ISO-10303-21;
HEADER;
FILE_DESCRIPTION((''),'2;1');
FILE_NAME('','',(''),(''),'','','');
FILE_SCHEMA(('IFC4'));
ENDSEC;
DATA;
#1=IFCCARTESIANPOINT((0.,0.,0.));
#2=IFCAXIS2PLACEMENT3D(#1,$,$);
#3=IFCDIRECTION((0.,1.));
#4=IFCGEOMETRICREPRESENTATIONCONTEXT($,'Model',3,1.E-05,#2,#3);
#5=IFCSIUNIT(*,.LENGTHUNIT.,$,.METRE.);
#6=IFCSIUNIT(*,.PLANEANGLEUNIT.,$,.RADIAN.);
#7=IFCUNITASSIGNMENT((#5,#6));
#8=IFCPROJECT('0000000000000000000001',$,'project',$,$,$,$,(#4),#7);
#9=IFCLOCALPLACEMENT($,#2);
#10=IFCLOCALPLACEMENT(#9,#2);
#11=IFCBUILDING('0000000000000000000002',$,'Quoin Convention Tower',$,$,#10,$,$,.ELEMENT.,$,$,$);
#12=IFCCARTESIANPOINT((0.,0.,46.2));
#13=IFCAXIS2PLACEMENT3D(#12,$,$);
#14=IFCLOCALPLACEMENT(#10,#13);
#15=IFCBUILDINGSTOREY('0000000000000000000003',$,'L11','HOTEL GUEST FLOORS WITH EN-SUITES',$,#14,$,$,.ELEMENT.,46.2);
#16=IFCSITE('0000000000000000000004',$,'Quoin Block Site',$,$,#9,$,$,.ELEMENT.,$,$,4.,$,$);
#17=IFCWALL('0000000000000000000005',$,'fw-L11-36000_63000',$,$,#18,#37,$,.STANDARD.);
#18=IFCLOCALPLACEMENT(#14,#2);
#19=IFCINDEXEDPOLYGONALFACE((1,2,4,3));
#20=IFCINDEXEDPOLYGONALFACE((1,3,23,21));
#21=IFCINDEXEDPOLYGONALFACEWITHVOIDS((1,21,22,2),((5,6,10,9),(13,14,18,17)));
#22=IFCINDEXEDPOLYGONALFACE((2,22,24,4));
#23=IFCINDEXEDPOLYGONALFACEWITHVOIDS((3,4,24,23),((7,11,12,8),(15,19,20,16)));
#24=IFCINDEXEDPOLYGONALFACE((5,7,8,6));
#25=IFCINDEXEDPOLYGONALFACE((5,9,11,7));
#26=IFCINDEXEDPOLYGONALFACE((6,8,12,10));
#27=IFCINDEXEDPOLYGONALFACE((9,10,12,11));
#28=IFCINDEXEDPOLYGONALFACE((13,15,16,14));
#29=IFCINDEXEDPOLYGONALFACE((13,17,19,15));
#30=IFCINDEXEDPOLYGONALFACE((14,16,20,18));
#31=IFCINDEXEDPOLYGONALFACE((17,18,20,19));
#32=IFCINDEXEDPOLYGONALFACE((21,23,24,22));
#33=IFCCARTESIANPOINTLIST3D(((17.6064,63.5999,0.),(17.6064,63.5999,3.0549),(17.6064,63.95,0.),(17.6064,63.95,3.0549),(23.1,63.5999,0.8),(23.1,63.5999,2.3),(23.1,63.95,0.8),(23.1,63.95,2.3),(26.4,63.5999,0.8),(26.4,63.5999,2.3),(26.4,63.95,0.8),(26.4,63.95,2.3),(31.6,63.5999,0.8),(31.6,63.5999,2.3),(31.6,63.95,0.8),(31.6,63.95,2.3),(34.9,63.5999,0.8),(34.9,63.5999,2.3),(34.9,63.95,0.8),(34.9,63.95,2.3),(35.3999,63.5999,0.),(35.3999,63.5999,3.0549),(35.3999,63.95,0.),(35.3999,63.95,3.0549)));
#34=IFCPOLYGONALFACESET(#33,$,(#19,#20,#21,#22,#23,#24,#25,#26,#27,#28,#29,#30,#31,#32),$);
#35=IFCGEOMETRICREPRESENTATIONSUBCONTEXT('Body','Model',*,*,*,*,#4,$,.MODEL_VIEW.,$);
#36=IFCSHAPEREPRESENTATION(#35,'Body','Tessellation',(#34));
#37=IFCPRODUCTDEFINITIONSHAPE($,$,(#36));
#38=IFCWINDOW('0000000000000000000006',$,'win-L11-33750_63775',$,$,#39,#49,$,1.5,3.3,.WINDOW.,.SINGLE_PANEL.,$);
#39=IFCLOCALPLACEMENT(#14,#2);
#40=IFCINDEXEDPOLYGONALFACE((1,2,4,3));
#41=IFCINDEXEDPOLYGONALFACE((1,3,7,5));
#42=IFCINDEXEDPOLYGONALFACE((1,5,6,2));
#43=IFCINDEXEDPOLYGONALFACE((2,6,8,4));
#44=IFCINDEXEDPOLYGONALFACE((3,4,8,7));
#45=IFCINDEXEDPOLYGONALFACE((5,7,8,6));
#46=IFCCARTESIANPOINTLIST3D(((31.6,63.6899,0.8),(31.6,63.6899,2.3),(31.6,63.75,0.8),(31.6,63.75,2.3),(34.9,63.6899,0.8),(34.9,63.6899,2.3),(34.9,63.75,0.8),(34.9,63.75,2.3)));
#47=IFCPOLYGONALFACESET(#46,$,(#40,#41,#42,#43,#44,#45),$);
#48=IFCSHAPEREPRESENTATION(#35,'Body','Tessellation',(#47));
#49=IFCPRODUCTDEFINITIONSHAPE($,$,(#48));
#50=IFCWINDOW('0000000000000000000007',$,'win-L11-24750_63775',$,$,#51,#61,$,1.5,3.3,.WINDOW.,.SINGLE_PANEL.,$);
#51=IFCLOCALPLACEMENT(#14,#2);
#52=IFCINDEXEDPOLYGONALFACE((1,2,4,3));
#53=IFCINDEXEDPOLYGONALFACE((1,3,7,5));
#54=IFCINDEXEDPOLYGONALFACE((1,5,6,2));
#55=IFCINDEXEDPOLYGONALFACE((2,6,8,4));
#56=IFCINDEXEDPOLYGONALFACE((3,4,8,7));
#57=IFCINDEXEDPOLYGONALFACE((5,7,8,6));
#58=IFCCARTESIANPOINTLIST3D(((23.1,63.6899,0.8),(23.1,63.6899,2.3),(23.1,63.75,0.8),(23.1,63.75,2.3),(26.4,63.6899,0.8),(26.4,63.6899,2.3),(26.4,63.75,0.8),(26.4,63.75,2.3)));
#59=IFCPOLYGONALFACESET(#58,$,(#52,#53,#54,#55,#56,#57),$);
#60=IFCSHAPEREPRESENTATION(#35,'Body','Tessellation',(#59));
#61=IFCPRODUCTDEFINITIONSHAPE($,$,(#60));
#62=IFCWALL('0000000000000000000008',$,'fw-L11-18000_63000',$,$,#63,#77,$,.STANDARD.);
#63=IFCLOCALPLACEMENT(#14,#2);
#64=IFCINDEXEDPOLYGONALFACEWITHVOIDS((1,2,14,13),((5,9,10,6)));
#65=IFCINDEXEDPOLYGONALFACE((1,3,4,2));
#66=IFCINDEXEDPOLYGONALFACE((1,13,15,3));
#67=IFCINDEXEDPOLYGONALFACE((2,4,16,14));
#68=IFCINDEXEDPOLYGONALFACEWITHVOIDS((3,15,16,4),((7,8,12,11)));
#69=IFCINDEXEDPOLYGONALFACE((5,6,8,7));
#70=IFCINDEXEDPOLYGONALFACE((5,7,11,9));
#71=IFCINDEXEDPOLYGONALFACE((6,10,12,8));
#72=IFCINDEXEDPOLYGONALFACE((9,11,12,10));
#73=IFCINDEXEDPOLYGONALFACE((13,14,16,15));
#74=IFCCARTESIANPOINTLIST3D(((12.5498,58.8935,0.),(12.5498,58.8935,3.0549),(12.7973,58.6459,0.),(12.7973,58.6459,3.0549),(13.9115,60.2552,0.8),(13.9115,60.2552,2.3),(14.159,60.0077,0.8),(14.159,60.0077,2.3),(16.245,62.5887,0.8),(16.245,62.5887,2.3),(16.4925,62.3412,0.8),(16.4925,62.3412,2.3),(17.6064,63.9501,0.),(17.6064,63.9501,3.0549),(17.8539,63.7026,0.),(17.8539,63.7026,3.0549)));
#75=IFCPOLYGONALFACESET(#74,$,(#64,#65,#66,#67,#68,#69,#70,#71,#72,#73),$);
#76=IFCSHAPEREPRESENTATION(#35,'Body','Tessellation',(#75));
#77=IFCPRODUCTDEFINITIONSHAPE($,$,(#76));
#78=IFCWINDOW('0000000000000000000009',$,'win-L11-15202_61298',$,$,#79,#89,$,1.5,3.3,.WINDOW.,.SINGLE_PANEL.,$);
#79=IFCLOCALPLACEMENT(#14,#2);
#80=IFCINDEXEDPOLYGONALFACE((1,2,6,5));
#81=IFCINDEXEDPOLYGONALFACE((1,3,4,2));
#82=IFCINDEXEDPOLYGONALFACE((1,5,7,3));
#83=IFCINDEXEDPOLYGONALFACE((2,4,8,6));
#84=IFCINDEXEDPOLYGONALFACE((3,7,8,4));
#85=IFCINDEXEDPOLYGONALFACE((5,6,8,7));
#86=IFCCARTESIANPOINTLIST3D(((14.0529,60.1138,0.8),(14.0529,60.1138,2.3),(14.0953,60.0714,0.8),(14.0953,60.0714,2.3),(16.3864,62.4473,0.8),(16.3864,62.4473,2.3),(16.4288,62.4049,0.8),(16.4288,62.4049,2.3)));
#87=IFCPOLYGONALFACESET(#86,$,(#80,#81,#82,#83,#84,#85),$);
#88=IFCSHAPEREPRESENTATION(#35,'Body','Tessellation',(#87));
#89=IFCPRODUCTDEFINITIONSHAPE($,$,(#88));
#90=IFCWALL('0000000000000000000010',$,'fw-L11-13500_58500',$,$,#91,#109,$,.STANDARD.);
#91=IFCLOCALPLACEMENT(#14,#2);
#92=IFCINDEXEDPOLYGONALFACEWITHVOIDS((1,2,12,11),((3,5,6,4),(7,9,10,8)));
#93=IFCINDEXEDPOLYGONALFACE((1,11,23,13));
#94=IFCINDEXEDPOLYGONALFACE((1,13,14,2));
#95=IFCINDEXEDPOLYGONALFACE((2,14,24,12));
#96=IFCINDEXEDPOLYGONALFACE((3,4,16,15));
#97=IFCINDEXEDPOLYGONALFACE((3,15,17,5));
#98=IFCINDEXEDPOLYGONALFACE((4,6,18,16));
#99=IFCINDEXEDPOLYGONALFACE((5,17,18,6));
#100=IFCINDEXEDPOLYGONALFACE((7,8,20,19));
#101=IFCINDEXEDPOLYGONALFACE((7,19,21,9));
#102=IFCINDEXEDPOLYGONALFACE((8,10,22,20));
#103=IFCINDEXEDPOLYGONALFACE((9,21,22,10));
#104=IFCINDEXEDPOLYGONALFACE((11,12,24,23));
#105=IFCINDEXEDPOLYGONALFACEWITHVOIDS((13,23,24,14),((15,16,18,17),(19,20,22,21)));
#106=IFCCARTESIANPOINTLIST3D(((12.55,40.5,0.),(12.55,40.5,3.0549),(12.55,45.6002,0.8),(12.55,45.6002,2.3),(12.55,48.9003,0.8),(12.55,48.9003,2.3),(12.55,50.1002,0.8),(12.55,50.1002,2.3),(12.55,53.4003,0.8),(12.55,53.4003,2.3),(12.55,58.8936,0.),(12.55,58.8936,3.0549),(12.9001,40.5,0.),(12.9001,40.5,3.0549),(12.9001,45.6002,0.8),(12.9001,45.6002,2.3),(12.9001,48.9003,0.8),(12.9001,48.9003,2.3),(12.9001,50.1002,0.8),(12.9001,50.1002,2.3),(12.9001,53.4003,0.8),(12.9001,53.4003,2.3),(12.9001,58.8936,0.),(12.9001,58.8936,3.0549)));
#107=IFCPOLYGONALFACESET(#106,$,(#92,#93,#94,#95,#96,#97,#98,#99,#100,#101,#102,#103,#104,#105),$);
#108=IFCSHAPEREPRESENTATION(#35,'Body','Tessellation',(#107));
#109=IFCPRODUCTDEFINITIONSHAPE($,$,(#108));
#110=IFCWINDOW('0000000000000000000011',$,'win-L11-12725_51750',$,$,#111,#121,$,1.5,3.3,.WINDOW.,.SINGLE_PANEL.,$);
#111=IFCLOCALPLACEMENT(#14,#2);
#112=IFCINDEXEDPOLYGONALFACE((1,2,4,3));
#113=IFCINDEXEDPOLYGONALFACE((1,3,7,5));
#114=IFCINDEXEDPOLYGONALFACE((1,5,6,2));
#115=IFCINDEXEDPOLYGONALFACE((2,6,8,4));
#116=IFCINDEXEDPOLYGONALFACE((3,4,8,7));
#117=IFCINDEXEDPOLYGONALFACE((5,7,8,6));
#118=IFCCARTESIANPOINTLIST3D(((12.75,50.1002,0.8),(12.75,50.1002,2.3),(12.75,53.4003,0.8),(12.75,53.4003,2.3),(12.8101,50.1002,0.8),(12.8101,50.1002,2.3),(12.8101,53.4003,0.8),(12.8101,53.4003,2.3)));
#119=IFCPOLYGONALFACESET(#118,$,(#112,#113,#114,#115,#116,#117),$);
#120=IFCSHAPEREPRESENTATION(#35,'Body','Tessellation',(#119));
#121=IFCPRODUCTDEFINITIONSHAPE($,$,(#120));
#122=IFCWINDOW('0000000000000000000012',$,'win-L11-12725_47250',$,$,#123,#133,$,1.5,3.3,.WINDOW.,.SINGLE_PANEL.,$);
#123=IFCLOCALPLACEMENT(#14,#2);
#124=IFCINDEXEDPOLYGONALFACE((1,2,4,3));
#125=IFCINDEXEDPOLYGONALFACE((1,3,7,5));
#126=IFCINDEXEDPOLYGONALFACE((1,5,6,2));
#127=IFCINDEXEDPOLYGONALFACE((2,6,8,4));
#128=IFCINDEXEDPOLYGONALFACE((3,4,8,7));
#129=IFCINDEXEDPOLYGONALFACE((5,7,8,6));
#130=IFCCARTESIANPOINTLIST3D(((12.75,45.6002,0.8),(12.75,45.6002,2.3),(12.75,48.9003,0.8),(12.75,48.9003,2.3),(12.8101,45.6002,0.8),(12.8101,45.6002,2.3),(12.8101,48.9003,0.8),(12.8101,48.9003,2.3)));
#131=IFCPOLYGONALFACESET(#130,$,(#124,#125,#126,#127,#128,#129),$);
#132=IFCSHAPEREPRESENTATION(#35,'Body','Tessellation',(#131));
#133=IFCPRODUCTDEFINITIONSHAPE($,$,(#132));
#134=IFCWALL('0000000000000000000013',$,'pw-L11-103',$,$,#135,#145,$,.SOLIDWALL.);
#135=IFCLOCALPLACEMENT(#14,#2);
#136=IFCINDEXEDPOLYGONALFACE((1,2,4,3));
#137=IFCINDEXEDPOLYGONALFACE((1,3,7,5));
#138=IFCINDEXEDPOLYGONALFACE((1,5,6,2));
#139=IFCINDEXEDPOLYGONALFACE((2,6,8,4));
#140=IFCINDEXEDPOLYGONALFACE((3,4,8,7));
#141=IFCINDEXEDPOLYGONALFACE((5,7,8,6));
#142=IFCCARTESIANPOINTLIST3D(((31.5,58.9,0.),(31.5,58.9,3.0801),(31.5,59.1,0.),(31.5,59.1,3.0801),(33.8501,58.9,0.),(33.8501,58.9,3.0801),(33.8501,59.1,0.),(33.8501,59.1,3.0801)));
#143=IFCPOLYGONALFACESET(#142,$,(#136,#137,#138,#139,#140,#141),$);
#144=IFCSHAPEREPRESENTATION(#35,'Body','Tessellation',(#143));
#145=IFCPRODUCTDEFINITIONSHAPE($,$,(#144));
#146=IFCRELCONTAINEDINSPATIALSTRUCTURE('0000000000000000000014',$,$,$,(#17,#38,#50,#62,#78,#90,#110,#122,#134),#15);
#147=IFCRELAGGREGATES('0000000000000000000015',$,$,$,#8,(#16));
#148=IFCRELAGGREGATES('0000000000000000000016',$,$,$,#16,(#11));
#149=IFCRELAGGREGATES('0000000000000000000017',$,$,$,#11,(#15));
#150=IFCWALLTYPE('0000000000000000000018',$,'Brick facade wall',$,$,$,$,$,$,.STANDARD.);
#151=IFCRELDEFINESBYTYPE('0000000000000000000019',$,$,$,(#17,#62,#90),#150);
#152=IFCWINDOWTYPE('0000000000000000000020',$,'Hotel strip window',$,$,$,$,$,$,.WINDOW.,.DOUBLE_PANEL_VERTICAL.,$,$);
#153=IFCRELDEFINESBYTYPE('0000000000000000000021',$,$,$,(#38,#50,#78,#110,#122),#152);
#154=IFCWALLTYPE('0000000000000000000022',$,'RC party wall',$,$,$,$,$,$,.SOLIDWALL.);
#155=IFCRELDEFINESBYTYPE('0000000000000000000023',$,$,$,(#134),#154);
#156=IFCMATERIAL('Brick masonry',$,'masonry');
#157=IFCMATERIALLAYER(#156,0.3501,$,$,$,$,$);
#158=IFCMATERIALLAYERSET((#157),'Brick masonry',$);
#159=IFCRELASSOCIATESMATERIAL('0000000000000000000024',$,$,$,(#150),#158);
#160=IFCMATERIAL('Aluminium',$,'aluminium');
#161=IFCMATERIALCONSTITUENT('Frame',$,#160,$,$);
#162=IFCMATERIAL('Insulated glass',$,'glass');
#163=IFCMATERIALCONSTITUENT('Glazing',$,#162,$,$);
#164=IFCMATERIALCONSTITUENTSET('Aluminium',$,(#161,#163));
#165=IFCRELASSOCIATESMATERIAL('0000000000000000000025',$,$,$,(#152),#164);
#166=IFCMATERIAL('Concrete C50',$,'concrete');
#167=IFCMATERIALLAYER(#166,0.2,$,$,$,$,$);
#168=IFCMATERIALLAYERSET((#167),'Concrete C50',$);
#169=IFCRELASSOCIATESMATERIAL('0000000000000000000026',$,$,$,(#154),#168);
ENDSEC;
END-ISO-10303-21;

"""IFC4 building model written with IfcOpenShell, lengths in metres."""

from ifc_helpers import new_model, si_unit, direction, frame, frame_2d, origin, place, context, subcontext, project, spatial, rectangle, extrude, material, layer, layer_set, constituent, constituent_set, type_object, element, fill, save


model = new_model("IFC4")

# Units and contexts
model_context = context("Model", 3, precision=1e-05, world=origin(), true_north=direction((0.0, 1.0)))
body_context = subcontext(model_context, "Body", "Model", "MODEL_VIEW")
ifc_project = project(units=[si_unit("LENGTHUNIT", "METRE"), si_unit("PLANEANGLEUNIT", "RADIAN")], contexts=[model_context])

# Site, building, storey
site_placement = place(None, origin())
site = spatial("IfcSite", under=ifc_project, at=site_placement, Name="Quoin Block Site", CompositionType="ELEMENT", RefElevation=4.0)
building_placement = place(site_placement, origin())
building = spatial("IfcBuilding", under=site, at=building_placement, Name="Quoin Convention Tower", CompositionType="ELEMENT")
storey_placement = place(building_placement, frame((0.0, 0.0, 46.2)))
storey = spatial("IfcBuildingStorey", under=building, at=storey_placement, Name="L11", Description="HOTEL GUEST FLOORS WITH EN-SUITES", CompositionType="ELEMENT", Elevation=46.2)

# Shared definitions
ifc_material_1 = material(Name="Brick masonry", Category="masonry")
ifc_layer_1 = layer(ifc_material_1, 0.3501)
ifc_layer_set_1 = layer_set([ifc_layer_1], Name="Brick masonry")
wall_type_1 = type_object("IfcWallType", Name="Brick facade wall", PredefinedType="STANDARD", material=ifc_layer_set_1)
ifc_material_2 = material(Name="Aluminium", Category="aluminium")
ifc_constituent_1 = constituent(ifc_material_2, Name="Frame")
ifc_material_3 = material(Name="Insulated glass", Category="glass")
ifc_constituent_2 = constituent(ifc_material_3, Name="Glazing")
ifc_constituent_set = constituent_set(constituents=[ifc_constituent_1, ifc_constituent_2], Name="Aluminium")
window_type = type_object("IfcWindowType", Name="Hotel strip window", PartitioningType="DOUBLE_PANEL_VERTICAL", PredefinedType="WINDOW", material=ifc_constituent_set)

# Wall, openings, windows
wall_1_placement = place(storey_placement, frame((35.3999, 63.7749, 0.0), z_axis=(0.0, 0.0, 1.0), x_axis=(-1.0, 0.0, 0.0)))
wall_1 = element("IfcWall", 1, at=wall_1_placement, inside=storey, type_object=wall_type_1, Name="fw-L11-36000_63000", PredefinedType="STANDARD", context=body_context, shape_type="SweptSolid", body=[
    extrude(rectangle(XDim=17.7935, YDim=0.3501, at=frame_2d((8.8967, 0.0))), origin(), (0.0, 0.0, 1.0), 3.0549),
])
opening_1_placement = place(wall_1_placement, frame((0.5, 0.0, 0.8)))
opening_1 = element("IfcOpeningElement", 2, at=opening_1_placement, cuts=wall_1, PredefinedType="OPENING", context=body_context, shape_type="SweptSolid", body=[
    extrude(rectangle(XDim=3.3, YDim=1.5, at=frame_2d((1.6499, 0.75))), frame((0.0, 0.1851, 0.0), z_axis=(0.0, -1.0, 0.0), x_axis=(1.0, 0.0, 0.0)), (0.0, 0.0, 1.0), 0.3701),
])
opening_2_placement = place(wall_1_placement, frame((9.0, 0.0, 0.8)))
opening_2 = element("IfcOpeningElement", 3, at=opening_2_placement, cuts=wall_1, PredefinedType="OPENING", context=body_context, shape_type="SweptSolid", body=[
    extrude(rectangle(XDim=3.3, YDim=1.5, at=frame_2d((1.6499, 0.75))), frame((0.0, 0.1851, 0.0), z_axis=(0.0, -1.0, 0.0), x_axis=(1.0, 0.0, 0.0)), (0.0, 0.0, 1.0), 0.3701),
])
window_1_placement = place(opening_1_placement, origin())
window_1 = element("IfcWindow", 4, at=window_1_placement, inside=storey, type_object=window_type, Name="win-L11-33750_63775", OverallHeight=1.5, OverallWidth=3.3, PartitioningType="SINGLE_PANEL", PredefinedType="WINDOW", context=body_context, shape_type="SweptSolid", body=[
    extrude(rectangle(XDim=3.3, YDim=1.5, at=frame_2d((1.6499, 0.75))), frame((0.0, 0.085, 0.0), z_axis=(0.0, -1.0, 0.0), x_axis=(1.0, 0.0, 0.0)), (0.0, 0.0, 1.0), 0.0601),
])
fill(opening_1, window_1)
window_2_placement = place(opening_2_placement, origin())
window_2 = element("IfcWindow", 5, at=window_2_placement, inside=storey, type_object=window_type, Name="win-L11-24750_63775", OverallHeight=1.5, OverallWidth=3.3, PartitioningType="SINGLE_PANEL", PredefinedType="WINDOW", context=body_context, shape_type="SweptSolid", body=[
    extrude(rectangle(XDim=3.3, YDim=1.5, at=frame_2d((1.6499, 0.75))), frame((0.0, 0.085, 0.0), z_axis=(0.0, -1.0, 0.0), x_axis=(1.0, 0.0, 0.0)), (0.0, 0.0, 1.0), 0.0601),
])
fill(opening_2, window_2)

# Wall, opening, window
wall_2_placement = place(storey_placement, frame((17.7302, 63.8264, 0.0), z_axis=(0.0, 0.0, 1.0), x_axis=(-0.707107, -0.707107, 0.0)))
wall_2 = element("IfcWall", 6, at=wall_2_placement, inside=storey, type_object=wall_type_1, Name="fw-L11-18000_63000", PredefinedType="STANDARD", context=body_context, shape_type="SweptSolid", body=[
    extrude(rectangle(XDim=7.1511, YDim=0.3501, at=frame_2d((3.5757, 0.0))), origin(), (0.0, 0.0, 1.0), 3.0549),
])
opening_3_placement = place(wall_2_placement, frame((1.9255, 0.0, 0.8)))
opening_3 = element("IfcOpeningElement", 7, at=opening_3_placement, cuts=wall_2, PredefinedType="OPENING", context=body_context, shape_type="SweptSolid", body=[
    extrude(rectangle(XDim=3.3, YDim=1.5, at=frame_2d((1.6499, 0.75))), frame((0.0, 0.1851, 0.0), z_axis=(0.0, -1.0, 0.0), x_axis=(1.0, 0.0, 0.0)), (0.0, 0.0, 1.0), 0.3701),
])
window_3_placement = place(opening_3_placement, origin())
window_3 = element("IfcWindow", 8, at=window_3_placement, inside=storey, type_object=window_type, Name="win-L11-15202_61298", OverallHeight=1.5, OverallWidth=3.3, PartitioningType="SINGLE_PANEL", PredefinedType="WINDOW", context=body_context, shape_type="SweptSolid", body=[
    extrude(rectangle(XDim=3.3, YDim=1.5, at=frame_2d((1.6499, 0.75))), frame((0.0, 0.085, 0.0), z_axis=(0.0, -1.0, 0.0), x_axis=(1.0, 0.0, 0.0)), (0.0, 0.0, 1.0), 0.0601),
])
fill(opening_3, window_3)

# Wall, openings, windows
wall_3_placement = place(storey_placement, frame((12.7251, 58.8936, 0.0), z_axis=(0.0, 0.0, 1.0), x_axis=(0.0, -1.0, 0.0)))
wall_3 = element("IfcWall", 9, at=wall_3_placement, inside=storey, type_object=wall_type_1, Name="fw-L11-13500_58500", PredefinedType="STANDARD", context=body_context, shape_type="SweptSolid", body=[
    extrude(rectangle(XDim=18.3936, YDim=0.3501, at=frame_2d((9.1968, 0.0))), origin(), (0.0, 0.0, 1.0), 3.0549),
])
opening_4_placement = place(wall_3_placement, frame((5.4934, 0.0, 0.8)))
opening_4 = element("IfcOpeningElement", 10, at=opening_4_placement, cuts=wall_3, PredefinedType="OPENING", context=body_context, shape_type="SweptSolid", body=[
    extrude(rectangle(XDim=3.3, YDim=1.5, at=frame_2d((1.6499, 0.75))), frame((0.0, 0.1851, 0.0), z_axis=(0.0, -1.0, 0.0), x_axis=(1.0, 0.0, 0.0)), (0.0, 0.0, 1.0), 0.3701),
])
opening_5_placement = place(wall_3_placement, frame((9.9934, 0.0, 0.8)))
opening_5 = element("IfcOpeningElement", 11, at=opening_5_placement, cuts=wall_3, PredefinedType="OPENING", context=body_context, shape_type="SweptSolid", body=[
    extrude(rectangle(XDim=3.3, YDim=1.5, at=frame_2d((1.6499, 0.75))), frame((0.0, 0.1851, 0.0), z_axis=(0.0, -1.0, 0.0), x_axis=(1.0, 0.0, 0.0)), (0.0, 0.0, 1.0), 0.3701),
])
window_4_placement = place(opening_4_placement, origin())
window_4 = element("IfcWindow", 12, at=window_4_placement, inside=storey, type_object=window_type, Name="win-L11-12725_51750", OverallHeight=1.5, OverallWidth=3.3, PartitioningType="SINGLE_PANEL", PredefinedType="WINDOW", context=body_context, shape_type="SweptSolid", body=[
    extrude(rectangle(XDim=3.3, YDim=1.5, at=frame_2d((1.6499, 0.75))), frame((0.0, 0.085, 0.0), z_axis=(0.0, -1.0, 0.0), x_axis=(1.0, 0.0, 0.0)), (0.0, 0.0, 1.0), 0.0601),
])
fill(opening_4, window_4)
window_5_placement = place(opening_5_placement, origin())
window_5 = element("IfcWindow", 13, at=window_5_placement, inside=storey, type_object=window_type, Name="win-L11-12725_47250", OverallHeight=1.5, OverallWidth=3.3, PartitioningType="SINGLE_PANEL", PredefinedType="WINDOW", context=body_context, shape_type="SweptSolid", body=[
    extrude(rectangle(XDim=3.3, YDim=1.5, at=frame_2d((1.6499, 0.75))), frame((0.0, 0.085, 0.0), z_axis=(0.0, -1.0, 0.0), x_axis=(1.0, 0.0, 0.0)), (0.0, 0.0, 1.0), 0.0601),
])
fill(opening_5, window_5)

# Wall
ifc_material_4 = material(Name="Concrete C50", Category="concrete")
ifc_layer_2 = layer(ifc_material_4, 0.2)
ifc_layer_set_2 = layer_set([ifc_layer_2], Name="Concrete C50")
wall_type_2 = type_object("IfcWallType", Name="RC party wall", PredefinedType="SOLIDWALL", material=ifc_layer_set_2)
wall_4_placement = place(storey_placement, frame((31.5, 59.0, 0.0), z_axis=(0.0, 0.0, 1.0), x_axis=(1.0, 0.0, 0.0)))
element("IfcWall", 14, at=wall_4_placement, inside=storey, type_object=wall_type_2, Name="pw-L11-103", PredefinedType="SOLIDWALL", context=body_context, shape_type="SweptSolid", body=[
    extrude(rectangle(XDim=2.3501, YDim=0.2, at=frame_2d((1.175, 0.0))), origin(), (0.0, 0.0, 1.0), 3.0801),
])

save(model, "model.ifc")
